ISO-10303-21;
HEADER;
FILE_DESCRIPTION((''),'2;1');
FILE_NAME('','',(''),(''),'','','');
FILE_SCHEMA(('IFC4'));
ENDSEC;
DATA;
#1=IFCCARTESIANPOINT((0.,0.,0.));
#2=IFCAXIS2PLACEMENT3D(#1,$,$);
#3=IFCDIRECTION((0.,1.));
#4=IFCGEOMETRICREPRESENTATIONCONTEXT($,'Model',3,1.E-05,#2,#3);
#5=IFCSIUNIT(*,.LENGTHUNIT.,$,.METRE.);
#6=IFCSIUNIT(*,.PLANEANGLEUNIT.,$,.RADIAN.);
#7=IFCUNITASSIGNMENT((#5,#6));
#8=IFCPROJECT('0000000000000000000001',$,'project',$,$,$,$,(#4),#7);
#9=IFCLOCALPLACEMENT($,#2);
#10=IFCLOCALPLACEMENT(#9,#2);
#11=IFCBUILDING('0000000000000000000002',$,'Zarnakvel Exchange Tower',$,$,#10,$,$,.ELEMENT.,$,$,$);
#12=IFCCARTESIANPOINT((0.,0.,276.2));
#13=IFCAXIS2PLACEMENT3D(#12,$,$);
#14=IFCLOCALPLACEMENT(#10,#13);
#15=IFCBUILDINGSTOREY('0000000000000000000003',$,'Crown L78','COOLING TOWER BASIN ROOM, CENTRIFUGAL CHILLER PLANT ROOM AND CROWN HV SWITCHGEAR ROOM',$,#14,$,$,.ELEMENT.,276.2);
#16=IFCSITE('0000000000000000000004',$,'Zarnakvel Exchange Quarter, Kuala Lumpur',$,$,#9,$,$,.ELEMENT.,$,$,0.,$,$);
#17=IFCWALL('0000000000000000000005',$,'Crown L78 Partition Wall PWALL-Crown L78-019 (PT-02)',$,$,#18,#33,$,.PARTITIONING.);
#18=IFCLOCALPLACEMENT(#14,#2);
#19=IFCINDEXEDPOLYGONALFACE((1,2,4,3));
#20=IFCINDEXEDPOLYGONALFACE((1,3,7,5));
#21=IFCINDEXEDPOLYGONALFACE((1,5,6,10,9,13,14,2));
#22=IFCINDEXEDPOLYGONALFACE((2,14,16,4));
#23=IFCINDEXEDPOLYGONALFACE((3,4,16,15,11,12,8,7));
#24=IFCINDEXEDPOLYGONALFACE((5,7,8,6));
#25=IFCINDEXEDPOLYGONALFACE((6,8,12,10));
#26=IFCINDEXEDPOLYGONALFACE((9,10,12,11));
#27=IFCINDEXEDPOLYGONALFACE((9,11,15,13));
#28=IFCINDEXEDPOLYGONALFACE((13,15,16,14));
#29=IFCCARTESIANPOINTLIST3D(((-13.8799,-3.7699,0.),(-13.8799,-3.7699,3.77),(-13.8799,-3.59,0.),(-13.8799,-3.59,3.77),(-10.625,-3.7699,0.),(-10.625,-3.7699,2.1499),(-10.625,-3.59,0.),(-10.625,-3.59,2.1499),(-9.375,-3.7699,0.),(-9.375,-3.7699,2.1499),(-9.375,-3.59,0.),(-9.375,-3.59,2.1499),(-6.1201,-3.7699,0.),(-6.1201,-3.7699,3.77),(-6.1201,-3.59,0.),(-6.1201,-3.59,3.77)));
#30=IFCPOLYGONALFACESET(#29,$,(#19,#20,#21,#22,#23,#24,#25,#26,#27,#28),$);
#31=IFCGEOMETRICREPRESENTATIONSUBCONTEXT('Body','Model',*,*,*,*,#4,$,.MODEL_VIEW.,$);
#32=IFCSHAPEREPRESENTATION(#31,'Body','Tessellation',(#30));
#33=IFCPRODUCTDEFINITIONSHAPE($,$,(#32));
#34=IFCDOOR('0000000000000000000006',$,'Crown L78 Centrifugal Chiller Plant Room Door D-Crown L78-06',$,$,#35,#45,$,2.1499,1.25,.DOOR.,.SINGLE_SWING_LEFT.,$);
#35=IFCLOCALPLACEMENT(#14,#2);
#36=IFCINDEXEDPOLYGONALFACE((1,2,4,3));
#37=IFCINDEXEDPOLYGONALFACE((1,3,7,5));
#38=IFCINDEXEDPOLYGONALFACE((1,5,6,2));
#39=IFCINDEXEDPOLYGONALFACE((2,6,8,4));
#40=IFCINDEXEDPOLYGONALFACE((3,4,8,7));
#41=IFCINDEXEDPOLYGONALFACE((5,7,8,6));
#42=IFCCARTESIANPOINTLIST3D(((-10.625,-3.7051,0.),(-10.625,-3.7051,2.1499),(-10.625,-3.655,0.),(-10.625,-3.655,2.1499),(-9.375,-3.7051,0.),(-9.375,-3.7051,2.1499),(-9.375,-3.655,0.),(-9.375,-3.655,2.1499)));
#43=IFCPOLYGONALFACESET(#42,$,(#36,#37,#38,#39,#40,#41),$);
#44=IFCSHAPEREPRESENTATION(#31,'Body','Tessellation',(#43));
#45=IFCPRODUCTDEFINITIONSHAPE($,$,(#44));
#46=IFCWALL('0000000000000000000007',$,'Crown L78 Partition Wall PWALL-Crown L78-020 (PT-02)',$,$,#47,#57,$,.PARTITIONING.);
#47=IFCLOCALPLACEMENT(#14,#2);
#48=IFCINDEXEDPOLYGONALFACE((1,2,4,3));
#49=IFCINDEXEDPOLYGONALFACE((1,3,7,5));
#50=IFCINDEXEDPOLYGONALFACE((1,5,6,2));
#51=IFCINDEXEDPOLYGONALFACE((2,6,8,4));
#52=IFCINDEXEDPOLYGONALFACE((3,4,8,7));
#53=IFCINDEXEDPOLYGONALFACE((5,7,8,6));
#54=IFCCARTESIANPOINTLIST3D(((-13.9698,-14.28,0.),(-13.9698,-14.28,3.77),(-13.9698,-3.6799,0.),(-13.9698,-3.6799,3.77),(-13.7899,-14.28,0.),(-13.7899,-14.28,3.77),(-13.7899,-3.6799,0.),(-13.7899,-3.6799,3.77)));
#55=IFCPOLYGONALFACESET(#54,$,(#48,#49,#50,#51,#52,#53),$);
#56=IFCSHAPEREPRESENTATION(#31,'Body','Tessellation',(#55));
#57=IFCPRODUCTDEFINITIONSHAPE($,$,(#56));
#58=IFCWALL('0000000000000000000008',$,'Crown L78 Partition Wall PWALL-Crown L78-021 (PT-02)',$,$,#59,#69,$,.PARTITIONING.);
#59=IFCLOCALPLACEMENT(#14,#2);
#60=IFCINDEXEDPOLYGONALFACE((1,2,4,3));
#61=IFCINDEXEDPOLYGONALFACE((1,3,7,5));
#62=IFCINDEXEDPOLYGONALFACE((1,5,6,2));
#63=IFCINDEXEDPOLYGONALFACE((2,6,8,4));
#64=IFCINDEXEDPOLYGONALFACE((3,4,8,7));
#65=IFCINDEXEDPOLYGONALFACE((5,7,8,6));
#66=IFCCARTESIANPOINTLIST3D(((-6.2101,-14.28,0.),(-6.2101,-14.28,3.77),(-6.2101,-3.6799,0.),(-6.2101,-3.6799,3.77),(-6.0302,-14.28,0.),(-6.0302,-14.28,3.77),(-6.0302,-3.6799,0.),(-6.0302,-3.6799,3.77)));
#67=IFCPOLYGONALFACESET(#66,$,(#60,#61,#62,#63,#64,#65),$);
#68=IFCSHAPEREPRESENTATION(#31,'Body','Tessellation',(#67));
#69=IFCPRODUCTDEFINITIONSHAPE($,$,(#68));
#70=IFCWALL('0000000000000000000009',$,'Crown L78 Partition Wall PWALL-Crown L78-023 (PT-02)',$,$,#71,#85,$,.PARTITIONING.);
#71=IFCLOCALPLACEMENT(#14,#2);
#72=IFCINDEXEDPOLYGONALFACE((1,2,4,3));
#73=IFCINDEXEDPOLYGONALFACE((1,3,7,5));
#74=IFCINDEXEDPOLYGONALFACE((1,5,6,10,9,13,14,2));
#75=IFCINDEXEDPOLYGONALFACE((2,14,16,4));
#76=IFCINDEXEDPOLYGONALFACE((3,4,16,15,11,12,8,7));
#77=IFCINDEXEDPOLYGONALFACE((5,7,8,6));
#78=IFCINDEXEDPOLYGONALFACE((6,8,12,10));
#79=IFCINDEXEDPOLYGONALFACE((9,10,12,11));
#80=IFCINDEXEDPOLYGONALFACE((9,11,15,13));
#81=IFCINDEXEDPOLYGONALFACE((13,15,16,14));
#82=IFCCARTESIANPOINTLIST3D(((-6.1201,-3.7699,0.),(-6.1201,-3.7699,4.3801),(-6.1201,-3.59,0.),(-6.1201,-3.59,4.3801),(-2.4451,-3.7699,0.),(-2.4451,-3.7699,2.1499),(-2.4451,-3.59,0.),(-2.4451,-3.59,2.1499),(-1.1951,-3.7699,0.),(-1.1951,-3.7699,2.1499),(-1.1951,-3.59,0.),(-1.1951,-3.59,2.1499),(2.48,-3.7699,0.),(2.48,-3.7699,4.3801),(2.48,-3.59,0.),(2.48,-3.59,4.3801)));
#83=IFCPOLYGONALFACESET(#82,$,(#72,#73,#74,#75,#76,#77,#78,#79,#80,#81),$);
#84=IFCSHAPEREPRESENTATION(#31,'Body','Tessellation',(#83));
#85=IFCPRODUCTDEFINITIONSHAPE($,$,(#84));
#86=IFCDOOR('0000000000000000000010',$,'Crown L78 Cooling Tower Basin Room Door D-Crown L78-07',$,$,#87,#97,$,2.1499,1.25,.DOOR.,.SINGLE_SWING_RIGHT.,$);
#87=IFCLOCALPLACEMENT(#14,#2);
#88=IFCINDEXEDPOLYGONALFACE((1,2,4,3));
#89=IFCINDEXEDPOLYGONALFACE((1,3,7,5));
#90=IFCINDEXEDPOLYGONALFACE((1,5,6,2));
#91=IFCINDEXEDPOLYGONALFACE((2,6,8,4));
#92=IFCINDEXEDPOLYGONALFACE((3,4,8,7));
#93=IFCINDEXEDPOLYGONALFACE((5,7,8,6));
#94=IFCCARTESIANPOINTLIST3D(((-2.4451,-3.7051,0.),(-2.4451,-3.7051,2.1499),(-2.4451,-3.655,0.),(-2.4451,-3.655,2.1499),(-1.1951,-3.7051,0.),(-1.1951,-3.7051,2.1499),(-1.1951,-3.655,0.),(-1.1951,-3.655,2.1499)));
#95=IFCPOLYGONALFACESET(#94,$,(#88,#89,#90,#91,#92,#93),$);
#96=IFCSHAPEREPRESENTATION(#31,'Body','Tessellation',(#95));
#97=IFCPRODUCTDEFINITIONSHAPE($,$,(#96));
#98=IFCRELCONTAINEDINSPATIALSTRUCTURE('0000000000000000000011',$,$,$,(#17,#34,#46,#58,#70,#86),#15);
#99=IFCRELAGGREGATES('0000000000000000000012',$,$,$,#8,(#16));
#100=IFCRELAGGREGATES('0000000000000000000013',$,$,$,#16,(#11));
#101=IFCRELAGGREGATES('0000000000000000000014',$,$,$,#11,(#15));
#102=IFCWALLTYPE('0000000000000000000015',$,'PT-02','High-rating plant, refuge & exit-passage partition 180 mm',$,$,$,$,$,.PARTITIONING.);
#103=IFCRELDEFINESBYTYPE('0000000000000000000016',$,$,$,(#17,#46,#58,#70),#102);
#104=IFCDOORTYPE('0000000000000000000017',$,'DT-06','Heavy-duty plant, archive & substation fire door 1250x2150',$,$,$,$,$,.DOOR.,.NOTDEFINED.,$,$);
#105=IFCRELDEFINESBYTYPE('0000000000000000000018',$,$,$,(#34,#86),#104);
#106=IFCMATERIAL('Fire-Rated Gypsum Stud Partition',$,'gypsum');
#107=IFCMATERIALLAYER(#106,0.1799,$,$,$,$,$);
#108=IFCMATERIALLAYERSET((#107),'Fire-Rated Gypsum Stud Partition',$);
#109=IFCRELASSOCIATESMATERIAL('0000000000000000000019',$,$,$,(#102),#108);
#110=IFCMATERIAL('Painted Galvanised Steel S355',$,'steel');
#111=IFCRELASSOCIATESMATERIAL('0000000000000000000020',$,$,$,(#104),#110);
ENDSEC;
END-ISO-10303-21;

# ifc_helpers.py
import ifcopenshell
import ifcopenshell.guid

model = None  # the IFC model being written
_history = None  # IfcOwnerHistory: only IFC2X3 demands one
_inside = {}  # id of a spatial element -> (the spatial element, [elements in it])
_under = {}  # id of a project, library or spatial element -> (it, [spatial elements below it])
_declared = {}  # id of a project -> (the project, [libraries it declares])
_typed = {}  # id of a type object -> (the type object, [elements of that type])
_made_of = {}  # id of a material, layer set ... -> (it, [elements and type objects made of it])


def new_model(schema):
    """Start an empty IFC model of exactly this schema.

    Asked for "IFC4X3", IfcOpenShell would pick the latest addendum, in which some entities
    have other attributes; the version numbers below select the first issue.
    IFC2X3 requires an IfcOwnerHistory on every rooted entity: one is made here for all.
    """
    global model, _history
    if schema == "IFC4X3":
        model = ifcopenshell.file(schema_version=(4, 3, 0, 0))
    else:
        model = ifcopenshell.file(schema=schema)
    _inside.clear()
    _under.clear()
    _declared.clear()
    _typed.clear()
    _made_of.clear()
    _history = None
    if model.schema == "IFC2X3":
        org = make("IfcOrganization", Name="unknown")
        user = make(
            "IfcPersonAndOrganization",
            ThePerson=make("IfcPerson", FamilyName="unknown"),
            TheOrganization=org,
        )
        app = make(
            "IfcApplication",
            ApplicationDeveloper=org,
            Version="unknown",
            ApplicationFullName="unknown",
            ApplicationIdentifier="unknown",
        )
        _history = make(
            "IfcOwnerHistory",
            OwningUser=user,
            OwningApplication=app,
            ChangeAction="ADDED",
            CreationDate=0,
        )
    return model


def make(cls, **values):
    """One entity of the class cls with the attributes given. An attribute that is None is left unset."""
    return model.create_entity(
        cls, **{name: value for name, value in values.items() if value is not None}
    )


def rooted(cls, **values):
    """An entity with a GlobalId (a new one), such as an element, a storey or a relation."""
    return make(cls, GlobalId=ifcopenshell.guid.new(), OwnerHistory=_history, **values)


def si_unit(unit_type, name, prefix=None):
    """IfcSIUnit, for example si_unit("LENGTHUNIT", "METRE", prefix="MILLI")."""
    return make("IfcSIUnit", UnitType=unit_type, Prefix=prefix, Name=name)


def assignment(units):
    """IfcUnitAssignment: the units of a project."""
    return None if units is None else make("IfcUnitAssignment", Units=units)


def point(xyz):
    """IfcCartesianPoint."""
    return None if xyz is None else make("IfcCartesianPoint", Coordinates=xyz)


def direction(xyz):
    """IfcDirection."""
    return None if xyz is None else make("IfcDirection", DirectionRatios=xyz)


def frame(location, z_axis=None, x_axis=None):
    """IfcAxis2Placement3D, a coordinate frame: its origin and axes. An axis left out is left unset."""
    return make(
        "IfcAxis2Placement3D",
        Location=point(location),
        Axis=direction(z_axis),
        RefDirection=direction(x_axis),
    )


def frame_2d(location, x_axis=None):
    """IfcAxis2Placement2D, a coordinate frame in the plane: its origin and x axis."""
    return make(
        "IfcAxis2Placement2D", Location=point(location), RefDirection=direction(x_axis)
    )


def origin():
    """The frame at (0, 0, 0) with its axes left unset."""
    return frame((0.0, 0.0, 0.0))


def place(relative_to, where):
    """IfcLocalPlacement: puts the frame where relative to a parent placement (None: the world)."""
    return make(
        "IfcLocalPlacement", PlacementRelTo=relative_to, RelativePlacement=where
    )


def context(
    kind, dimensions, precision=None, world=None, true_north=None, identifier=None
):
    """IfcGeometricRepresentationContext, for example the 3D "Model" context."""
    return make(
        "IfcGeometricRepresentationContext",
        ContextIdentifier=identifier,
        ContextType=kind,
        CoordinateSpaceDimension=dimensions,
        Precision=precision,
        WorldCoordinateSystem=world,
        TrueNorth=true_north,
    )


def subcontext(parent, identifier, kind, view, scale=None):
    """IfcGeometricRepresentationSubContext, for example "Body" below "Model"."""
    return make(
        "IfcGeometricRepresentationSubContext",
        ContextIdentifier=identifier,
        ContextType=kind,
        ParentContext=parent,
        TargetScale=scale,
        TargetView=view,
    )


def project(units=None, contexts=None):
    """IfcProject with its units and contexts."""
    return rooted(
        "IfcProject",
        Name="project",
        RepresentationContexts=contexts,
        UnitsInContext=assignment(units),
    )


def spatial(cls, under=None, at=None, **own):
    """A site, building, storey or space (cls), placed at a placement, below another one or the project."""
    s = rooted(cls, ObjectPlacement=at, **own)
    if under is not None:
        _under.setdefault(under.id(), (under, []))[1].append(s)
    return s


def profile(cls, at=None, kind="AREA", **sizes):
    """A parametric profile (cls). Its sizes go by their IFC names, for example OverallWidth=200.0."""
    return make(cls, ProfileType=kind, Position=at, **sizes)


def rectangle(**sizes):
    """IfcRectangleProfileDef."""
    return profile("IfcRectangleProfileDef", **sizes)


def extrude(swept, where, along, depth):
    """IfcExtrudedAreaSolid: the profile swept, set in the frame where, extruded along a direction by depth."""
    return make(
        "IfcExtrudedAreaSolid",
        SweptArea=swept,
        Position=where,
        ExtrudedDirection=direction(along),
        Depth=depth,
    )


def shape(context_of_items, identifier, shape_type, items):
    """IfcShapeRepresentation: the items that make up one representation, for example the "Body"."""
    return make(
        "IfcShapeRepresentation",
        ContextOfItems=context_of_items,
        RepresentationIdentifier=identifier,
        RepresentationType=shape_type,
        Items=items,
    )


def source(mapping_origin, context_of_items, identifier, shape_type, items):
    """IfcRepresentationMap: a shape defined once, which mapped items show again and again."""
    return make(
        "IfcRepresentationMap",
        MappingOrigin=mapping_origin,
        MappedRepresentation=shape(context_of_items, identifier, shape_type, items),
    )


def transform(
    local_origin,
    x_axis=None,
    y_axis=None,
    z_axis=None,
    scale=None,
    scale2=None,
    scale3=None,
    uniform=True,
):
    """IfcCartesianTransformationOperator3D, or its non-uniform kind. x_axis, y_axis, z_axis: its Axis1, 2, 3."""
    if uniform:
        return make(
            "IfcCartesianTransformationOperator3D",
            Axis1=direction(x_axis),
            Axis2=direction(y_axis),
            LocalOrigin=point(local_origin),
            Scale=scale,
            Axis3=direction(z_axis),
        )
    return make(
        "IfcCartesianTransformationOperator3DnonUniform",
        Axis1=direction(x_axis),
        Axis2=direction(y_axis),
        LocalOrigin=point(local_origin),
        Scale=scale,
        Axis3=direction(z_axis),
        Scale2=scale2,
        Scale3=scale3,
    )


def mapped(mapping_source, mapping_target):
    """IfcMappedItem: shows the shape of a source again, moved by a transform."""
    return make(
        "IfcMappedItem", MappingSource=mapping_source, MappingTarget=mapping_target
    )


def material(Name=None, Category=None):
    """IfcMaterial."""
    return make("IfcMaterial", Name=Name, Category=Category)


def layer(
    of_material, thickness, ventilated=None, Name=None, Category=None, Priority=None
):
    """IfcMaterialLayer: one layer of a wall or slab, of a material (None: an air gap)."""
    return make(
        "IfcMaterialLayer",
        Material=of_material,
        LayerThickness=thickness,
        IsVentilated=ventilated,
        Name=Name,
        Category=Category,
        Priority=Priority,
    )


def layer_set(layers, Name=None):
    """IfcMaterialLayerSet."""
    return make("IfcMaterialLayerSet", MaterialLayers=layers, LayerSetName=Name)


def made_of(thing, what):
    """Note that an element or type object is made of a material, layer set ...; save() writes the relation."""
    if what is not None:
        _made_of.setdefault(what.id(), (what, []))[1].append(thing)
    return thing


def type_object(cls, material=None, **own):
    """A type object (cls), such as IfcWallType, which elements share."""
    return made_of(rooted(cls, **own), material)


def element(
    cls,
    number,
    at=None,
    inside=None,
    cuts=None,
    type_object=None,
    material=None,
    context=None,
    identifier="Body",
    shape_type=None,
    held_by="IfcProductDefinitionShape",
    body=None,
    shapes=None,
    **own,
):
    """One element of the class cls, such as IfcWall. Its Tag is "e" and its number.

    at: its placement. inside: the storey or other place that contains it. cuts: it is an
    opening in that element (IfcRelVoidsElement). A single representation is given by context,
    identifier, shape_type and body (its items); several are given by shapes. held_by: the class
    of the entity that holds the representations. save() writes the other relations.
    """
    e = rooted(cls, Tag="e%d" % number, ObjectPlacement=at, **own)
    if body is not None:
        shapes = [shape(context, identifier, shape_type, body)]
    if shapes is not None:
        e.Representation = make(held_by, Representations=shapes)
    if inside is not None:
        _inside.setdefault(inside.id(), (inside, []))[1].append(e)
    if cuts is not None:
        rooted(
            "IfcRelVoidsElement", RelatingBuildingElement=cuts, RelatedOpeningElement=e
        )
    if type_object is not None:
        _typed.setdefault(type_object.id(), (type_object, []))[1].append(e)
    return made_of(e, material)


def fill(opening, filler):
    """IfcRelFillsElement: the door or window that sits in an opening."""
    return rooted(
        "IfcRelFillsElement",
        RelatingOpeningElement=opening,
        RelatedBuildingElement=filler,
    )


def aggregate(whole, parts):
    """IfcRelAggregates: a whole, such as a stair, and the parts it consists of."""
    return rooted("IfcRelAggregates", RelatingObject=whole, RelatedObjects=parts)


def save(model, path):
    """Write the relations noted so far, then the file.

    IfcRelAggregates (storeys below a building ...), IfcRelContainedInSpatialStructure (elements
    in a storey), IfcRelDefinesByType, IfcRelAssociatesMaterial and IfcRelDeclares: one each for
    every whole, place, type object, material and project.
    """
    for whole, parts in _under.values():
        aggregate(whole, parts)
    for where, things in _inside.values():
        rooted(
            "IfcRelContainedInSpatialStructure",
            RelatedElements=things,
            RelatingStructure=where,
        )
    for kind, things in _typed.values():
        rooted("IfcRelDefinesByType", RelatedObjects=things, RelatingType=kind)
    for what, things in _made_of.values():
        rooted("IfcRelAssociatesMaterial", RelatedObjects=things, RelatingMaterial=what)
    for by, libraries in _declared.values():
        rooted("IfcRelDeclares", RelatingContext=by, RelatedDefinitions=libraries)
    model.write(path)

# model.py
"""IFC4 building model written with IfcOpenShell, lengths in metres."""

from ifc_helpers import new_model, si_unit, direction, frame, frame_2d, origin, place, context, subcontext, project, spatial, rectangle, extrude, source, transform, mapped, material, layer, layer_set, type_object, element, fill, save


model = new_model("IFC4")

# Units and contexts
model_context = context("Model", 3, precision=1e-05, world=origin(), true_north=direction((0.0, 1.0)))
body_context = subcontext(model_context, "Body", "Model", "MODEL_VIEW")
ifc_project = project(units=[si_unit("LENGTHUNIT", "METRE"), si_unit("PLANEANGLEUNIT", "RADIAN")], contexts=[model_context])

# Site, building, storey
site_placement = place(None, origin())
site = spatial("IfcSite", under=ifc_project, at=site_placement, Name="Zarnakvel Exchange Quarter, Kuala Lumpur", CompositionType="ELEMENT", RefElevation=0.0)
building_placement = place(site_placement, origin())
building = spatial("IfcBuilding", under=site, at=building_placement, Name="Zarnakvel Exchange Tower", CompositionType="ELEMENT")
storey_placement = place(building_placement, frame((0.0, 0.0, 276.2)))
storey = spatial("IfcBuildingStorey", under=building, at=storey_placement, Name="Crown L78", Description="COOLING TOWER BASIN ROOM, CENTRIFUGAL CHILLER PLANT ROOM AND CROWN HV SWITCHGEAR ROOM", CompositionType="ELEMENT", Elevation=276.2)

# Shared definitions
ifc_material_1 = material(Name="Painted Galvanised Steel S355", Category="steel")

# Shared definitions
ifc_material_2 = material(Name="Fire-Rated Gypsum Stud Partition", Category="gypsum")
ifc_layer_1 = layer(ifc_material_2, 0.1799)
ifc_layer_set_1 = layer_set([ifc_layer_1], Name="Fire-Rated Gypsum Stud Partition")
wall_type_1 = type_object("IfcWallType", Name="PT-02", Description="High-rating plant, refuge & exit-passage partition 180 mm", PredefinedType="PARTITIONING", material=ifc_layer_set_1)

# Wall, opening, door
wall_1_placement = place(storey_placement, frame((-13.8799, -3.6799, 0.0), z_axis=(0.0, 0.0, 1.0), x_axis=(1.0, 0.0, 0.0)))
wall_1 = element("IfcWall", 1, at=wall_1_placement, inside=storey, type_object=wall_type_1, Name="Crown L78 Partition Wall PWALL-Crown L78-019 (PT-02)", PredefinedType="PARTITIONING", context=body_context, shape_type="SweptSolid", body=[
    extrude(rectangle(XDim=7.7598, YDim=0.1799, at=frame_2d((3.8799, 0.0))), origin(), (0.0, 0.0, 1.0), 3.77),
])
opening_1_placement = place(wall_1_placement, frame((3.2549, 0.0, 0.0)))
opening_1 = element("IfcOpeningElement", 2, at=opening_1_placement, cuts=wall_1, PredefinedType="OPENING", context=body_context, shape_type="SweptSolid", body=[
    extrude(rectangle(XDim=1.25, YDim=2.1499, at=frame_2d((0.625, 1.075))), frame((0.0, 0.0999, 0.0), z_axis=(0.0, -1.0, 0.0), x_axis=(1.0, 0.0, 0.0)), (0.0, 0.0, 1.0), 0.2),
])
door_type_1 = type_object("IfcDoorType", Name="DT-06", Description="Heavy-duty plant, archive & substation fire door 1250x2150", OperationType="NOTDEFINED", PredefinedType="DOOR", material=ifc_material_1)
shared_shape_1 = source(origin(), body_context, "Body", "SweptSolid", [
    extrude(rectangle(XDim=1.25, YDim=2.1499, at=frame_2d((0.625, 1.075))), frame((0.0, 0.0249, 0.0), z_axis=(0.0, -1.0, 0.0), x_axis=(1.0, 0.0, 0.0)), (0.0, 0.0, 1.0), 0.05),
])
door_1_placement = place(opening_1_placement, origin())
door_1 = element("IfcDoor", 3, at=door_1_placement, inside=storey, type_object=door_type_1, Name="Crown L78 Centrifugal Chiller Plant Room Door D-Crown L78-06", OperationType="SINGLE_SWING_LEFT", OverallHeight=2.1499, OverallWidth=1.25, PredefinedType="DOOR", context=body_context, shape_type="MappedRepresentation", body=[
    mapped(shared_shape_1, transform((0.0, 0.0, 0.0), x_axis=(1.0, 0.0, 0.0), y_axis=(0.0, 1.0, 0.0), z_axis=(0.0, 0.0, 1.0), scale=1.0)),
])
fill(opening_1, door_1)

# Walls
for number, where, z_axis, x_axis, name in (
    (4, (-13.8799, -14.28, 0.0), (0.0, 0.0, 1.0), (0.0, 1.0, 0.0), "Crown L78 Partition Wall PWALL-Crown L78-020 (PT-02)"),
    (5, (-6.1201, -3.6799, 0.0), (0.0, 0.0, 1.0), (0.0, -1.0, 0.0), "Crown L78 Partition Wall PWALL-Crown L78-021 (PT-02)"),
):
    element("IfcWall", number, at=place(storey_placement, frame(where, z_axis=z_axis, x_axis=x_axis)), inside=storey, type_object=wall_type_1, Name=name, PredefinedType="PARTITIONING", context=body_context, shape_type="SweptSolid", body=[
        extrude(rectangle(XDim=10.6001, YDim=0.1799, at=frame_2d((5.3, 0.0))), origin(), (0.0, 0.0, 1.0), 3.77),
    ])

# Wall, opening, door
wall_2_placement = place(storey_placement, frame((-6.1201, -3.6799, 0.0), z_axis=(0.0, 0.0, 1.0), x_axis=(1.0, 0.0, 0.0)))
wall_2 = element("IfcWall", 6, at=wall_2_placement, inside=storey, type_object=wall_type_1, Name="Crown L78 Partition Wall PWALL-Crown L78-023 (PT-02)", PredefinedType="PARTITIONING", context=body_context, shape_type="SweptSolid", body=[
    extrude(rectangle(XDim=8.6001, YDim=0.1799, at=frame_2d((4.3, 0.0))), origin(), (0.0, 0.0, 1.0), 4.3801),
])
opening_2_placement = place(wall_2_placement, frame((3.675, 0.0, 0.0)))
opening_2 = element("IfcOpeningElement", 7, at=opening_2_placement, cuts=wall_2, PredefinedType="OPENING", context=body_context, shape_type="SweptSolid", body=[
    extrude(rectangle(XDim=1.25, YDim=2.1499, at=frame_2d((0.625, 1.075))), frame((0.0, 0.0999, 0.0), z_axis=(0.0, -1.0, 0.0), x_axis=(1.0, 0.0, 0.0)), (0.0, 0.0, 1.0), 0.2),
])
door_2_placement = place(opening_2_placement, origin())
door_2 = element("IfcDoor", 8, at=door_2_placement, inside=storey, type_object=door_type_1, Name="Crown L78 Cooling Tower Basin Room Door D-Crown L78-07", OperationType="SINGLE_SWING_RIGHT", OverallHeight=2.1499, OverallWidth=1.25, PredefinedType="DOOR", context=body_context, shape_type="MappedRepresentation", body=[
    mapped(shared_shape_1, transform((0.0, 0.0, 0.0), x_axis=(1.0, 0.0, 0.0), y_axis=(0.0, 1.0, 0.0), z_axis=(0.0, 0.0, 1.0), scale=1.0)),
])
fill(opening_2, door_2)

save(model, "model.ifc")
